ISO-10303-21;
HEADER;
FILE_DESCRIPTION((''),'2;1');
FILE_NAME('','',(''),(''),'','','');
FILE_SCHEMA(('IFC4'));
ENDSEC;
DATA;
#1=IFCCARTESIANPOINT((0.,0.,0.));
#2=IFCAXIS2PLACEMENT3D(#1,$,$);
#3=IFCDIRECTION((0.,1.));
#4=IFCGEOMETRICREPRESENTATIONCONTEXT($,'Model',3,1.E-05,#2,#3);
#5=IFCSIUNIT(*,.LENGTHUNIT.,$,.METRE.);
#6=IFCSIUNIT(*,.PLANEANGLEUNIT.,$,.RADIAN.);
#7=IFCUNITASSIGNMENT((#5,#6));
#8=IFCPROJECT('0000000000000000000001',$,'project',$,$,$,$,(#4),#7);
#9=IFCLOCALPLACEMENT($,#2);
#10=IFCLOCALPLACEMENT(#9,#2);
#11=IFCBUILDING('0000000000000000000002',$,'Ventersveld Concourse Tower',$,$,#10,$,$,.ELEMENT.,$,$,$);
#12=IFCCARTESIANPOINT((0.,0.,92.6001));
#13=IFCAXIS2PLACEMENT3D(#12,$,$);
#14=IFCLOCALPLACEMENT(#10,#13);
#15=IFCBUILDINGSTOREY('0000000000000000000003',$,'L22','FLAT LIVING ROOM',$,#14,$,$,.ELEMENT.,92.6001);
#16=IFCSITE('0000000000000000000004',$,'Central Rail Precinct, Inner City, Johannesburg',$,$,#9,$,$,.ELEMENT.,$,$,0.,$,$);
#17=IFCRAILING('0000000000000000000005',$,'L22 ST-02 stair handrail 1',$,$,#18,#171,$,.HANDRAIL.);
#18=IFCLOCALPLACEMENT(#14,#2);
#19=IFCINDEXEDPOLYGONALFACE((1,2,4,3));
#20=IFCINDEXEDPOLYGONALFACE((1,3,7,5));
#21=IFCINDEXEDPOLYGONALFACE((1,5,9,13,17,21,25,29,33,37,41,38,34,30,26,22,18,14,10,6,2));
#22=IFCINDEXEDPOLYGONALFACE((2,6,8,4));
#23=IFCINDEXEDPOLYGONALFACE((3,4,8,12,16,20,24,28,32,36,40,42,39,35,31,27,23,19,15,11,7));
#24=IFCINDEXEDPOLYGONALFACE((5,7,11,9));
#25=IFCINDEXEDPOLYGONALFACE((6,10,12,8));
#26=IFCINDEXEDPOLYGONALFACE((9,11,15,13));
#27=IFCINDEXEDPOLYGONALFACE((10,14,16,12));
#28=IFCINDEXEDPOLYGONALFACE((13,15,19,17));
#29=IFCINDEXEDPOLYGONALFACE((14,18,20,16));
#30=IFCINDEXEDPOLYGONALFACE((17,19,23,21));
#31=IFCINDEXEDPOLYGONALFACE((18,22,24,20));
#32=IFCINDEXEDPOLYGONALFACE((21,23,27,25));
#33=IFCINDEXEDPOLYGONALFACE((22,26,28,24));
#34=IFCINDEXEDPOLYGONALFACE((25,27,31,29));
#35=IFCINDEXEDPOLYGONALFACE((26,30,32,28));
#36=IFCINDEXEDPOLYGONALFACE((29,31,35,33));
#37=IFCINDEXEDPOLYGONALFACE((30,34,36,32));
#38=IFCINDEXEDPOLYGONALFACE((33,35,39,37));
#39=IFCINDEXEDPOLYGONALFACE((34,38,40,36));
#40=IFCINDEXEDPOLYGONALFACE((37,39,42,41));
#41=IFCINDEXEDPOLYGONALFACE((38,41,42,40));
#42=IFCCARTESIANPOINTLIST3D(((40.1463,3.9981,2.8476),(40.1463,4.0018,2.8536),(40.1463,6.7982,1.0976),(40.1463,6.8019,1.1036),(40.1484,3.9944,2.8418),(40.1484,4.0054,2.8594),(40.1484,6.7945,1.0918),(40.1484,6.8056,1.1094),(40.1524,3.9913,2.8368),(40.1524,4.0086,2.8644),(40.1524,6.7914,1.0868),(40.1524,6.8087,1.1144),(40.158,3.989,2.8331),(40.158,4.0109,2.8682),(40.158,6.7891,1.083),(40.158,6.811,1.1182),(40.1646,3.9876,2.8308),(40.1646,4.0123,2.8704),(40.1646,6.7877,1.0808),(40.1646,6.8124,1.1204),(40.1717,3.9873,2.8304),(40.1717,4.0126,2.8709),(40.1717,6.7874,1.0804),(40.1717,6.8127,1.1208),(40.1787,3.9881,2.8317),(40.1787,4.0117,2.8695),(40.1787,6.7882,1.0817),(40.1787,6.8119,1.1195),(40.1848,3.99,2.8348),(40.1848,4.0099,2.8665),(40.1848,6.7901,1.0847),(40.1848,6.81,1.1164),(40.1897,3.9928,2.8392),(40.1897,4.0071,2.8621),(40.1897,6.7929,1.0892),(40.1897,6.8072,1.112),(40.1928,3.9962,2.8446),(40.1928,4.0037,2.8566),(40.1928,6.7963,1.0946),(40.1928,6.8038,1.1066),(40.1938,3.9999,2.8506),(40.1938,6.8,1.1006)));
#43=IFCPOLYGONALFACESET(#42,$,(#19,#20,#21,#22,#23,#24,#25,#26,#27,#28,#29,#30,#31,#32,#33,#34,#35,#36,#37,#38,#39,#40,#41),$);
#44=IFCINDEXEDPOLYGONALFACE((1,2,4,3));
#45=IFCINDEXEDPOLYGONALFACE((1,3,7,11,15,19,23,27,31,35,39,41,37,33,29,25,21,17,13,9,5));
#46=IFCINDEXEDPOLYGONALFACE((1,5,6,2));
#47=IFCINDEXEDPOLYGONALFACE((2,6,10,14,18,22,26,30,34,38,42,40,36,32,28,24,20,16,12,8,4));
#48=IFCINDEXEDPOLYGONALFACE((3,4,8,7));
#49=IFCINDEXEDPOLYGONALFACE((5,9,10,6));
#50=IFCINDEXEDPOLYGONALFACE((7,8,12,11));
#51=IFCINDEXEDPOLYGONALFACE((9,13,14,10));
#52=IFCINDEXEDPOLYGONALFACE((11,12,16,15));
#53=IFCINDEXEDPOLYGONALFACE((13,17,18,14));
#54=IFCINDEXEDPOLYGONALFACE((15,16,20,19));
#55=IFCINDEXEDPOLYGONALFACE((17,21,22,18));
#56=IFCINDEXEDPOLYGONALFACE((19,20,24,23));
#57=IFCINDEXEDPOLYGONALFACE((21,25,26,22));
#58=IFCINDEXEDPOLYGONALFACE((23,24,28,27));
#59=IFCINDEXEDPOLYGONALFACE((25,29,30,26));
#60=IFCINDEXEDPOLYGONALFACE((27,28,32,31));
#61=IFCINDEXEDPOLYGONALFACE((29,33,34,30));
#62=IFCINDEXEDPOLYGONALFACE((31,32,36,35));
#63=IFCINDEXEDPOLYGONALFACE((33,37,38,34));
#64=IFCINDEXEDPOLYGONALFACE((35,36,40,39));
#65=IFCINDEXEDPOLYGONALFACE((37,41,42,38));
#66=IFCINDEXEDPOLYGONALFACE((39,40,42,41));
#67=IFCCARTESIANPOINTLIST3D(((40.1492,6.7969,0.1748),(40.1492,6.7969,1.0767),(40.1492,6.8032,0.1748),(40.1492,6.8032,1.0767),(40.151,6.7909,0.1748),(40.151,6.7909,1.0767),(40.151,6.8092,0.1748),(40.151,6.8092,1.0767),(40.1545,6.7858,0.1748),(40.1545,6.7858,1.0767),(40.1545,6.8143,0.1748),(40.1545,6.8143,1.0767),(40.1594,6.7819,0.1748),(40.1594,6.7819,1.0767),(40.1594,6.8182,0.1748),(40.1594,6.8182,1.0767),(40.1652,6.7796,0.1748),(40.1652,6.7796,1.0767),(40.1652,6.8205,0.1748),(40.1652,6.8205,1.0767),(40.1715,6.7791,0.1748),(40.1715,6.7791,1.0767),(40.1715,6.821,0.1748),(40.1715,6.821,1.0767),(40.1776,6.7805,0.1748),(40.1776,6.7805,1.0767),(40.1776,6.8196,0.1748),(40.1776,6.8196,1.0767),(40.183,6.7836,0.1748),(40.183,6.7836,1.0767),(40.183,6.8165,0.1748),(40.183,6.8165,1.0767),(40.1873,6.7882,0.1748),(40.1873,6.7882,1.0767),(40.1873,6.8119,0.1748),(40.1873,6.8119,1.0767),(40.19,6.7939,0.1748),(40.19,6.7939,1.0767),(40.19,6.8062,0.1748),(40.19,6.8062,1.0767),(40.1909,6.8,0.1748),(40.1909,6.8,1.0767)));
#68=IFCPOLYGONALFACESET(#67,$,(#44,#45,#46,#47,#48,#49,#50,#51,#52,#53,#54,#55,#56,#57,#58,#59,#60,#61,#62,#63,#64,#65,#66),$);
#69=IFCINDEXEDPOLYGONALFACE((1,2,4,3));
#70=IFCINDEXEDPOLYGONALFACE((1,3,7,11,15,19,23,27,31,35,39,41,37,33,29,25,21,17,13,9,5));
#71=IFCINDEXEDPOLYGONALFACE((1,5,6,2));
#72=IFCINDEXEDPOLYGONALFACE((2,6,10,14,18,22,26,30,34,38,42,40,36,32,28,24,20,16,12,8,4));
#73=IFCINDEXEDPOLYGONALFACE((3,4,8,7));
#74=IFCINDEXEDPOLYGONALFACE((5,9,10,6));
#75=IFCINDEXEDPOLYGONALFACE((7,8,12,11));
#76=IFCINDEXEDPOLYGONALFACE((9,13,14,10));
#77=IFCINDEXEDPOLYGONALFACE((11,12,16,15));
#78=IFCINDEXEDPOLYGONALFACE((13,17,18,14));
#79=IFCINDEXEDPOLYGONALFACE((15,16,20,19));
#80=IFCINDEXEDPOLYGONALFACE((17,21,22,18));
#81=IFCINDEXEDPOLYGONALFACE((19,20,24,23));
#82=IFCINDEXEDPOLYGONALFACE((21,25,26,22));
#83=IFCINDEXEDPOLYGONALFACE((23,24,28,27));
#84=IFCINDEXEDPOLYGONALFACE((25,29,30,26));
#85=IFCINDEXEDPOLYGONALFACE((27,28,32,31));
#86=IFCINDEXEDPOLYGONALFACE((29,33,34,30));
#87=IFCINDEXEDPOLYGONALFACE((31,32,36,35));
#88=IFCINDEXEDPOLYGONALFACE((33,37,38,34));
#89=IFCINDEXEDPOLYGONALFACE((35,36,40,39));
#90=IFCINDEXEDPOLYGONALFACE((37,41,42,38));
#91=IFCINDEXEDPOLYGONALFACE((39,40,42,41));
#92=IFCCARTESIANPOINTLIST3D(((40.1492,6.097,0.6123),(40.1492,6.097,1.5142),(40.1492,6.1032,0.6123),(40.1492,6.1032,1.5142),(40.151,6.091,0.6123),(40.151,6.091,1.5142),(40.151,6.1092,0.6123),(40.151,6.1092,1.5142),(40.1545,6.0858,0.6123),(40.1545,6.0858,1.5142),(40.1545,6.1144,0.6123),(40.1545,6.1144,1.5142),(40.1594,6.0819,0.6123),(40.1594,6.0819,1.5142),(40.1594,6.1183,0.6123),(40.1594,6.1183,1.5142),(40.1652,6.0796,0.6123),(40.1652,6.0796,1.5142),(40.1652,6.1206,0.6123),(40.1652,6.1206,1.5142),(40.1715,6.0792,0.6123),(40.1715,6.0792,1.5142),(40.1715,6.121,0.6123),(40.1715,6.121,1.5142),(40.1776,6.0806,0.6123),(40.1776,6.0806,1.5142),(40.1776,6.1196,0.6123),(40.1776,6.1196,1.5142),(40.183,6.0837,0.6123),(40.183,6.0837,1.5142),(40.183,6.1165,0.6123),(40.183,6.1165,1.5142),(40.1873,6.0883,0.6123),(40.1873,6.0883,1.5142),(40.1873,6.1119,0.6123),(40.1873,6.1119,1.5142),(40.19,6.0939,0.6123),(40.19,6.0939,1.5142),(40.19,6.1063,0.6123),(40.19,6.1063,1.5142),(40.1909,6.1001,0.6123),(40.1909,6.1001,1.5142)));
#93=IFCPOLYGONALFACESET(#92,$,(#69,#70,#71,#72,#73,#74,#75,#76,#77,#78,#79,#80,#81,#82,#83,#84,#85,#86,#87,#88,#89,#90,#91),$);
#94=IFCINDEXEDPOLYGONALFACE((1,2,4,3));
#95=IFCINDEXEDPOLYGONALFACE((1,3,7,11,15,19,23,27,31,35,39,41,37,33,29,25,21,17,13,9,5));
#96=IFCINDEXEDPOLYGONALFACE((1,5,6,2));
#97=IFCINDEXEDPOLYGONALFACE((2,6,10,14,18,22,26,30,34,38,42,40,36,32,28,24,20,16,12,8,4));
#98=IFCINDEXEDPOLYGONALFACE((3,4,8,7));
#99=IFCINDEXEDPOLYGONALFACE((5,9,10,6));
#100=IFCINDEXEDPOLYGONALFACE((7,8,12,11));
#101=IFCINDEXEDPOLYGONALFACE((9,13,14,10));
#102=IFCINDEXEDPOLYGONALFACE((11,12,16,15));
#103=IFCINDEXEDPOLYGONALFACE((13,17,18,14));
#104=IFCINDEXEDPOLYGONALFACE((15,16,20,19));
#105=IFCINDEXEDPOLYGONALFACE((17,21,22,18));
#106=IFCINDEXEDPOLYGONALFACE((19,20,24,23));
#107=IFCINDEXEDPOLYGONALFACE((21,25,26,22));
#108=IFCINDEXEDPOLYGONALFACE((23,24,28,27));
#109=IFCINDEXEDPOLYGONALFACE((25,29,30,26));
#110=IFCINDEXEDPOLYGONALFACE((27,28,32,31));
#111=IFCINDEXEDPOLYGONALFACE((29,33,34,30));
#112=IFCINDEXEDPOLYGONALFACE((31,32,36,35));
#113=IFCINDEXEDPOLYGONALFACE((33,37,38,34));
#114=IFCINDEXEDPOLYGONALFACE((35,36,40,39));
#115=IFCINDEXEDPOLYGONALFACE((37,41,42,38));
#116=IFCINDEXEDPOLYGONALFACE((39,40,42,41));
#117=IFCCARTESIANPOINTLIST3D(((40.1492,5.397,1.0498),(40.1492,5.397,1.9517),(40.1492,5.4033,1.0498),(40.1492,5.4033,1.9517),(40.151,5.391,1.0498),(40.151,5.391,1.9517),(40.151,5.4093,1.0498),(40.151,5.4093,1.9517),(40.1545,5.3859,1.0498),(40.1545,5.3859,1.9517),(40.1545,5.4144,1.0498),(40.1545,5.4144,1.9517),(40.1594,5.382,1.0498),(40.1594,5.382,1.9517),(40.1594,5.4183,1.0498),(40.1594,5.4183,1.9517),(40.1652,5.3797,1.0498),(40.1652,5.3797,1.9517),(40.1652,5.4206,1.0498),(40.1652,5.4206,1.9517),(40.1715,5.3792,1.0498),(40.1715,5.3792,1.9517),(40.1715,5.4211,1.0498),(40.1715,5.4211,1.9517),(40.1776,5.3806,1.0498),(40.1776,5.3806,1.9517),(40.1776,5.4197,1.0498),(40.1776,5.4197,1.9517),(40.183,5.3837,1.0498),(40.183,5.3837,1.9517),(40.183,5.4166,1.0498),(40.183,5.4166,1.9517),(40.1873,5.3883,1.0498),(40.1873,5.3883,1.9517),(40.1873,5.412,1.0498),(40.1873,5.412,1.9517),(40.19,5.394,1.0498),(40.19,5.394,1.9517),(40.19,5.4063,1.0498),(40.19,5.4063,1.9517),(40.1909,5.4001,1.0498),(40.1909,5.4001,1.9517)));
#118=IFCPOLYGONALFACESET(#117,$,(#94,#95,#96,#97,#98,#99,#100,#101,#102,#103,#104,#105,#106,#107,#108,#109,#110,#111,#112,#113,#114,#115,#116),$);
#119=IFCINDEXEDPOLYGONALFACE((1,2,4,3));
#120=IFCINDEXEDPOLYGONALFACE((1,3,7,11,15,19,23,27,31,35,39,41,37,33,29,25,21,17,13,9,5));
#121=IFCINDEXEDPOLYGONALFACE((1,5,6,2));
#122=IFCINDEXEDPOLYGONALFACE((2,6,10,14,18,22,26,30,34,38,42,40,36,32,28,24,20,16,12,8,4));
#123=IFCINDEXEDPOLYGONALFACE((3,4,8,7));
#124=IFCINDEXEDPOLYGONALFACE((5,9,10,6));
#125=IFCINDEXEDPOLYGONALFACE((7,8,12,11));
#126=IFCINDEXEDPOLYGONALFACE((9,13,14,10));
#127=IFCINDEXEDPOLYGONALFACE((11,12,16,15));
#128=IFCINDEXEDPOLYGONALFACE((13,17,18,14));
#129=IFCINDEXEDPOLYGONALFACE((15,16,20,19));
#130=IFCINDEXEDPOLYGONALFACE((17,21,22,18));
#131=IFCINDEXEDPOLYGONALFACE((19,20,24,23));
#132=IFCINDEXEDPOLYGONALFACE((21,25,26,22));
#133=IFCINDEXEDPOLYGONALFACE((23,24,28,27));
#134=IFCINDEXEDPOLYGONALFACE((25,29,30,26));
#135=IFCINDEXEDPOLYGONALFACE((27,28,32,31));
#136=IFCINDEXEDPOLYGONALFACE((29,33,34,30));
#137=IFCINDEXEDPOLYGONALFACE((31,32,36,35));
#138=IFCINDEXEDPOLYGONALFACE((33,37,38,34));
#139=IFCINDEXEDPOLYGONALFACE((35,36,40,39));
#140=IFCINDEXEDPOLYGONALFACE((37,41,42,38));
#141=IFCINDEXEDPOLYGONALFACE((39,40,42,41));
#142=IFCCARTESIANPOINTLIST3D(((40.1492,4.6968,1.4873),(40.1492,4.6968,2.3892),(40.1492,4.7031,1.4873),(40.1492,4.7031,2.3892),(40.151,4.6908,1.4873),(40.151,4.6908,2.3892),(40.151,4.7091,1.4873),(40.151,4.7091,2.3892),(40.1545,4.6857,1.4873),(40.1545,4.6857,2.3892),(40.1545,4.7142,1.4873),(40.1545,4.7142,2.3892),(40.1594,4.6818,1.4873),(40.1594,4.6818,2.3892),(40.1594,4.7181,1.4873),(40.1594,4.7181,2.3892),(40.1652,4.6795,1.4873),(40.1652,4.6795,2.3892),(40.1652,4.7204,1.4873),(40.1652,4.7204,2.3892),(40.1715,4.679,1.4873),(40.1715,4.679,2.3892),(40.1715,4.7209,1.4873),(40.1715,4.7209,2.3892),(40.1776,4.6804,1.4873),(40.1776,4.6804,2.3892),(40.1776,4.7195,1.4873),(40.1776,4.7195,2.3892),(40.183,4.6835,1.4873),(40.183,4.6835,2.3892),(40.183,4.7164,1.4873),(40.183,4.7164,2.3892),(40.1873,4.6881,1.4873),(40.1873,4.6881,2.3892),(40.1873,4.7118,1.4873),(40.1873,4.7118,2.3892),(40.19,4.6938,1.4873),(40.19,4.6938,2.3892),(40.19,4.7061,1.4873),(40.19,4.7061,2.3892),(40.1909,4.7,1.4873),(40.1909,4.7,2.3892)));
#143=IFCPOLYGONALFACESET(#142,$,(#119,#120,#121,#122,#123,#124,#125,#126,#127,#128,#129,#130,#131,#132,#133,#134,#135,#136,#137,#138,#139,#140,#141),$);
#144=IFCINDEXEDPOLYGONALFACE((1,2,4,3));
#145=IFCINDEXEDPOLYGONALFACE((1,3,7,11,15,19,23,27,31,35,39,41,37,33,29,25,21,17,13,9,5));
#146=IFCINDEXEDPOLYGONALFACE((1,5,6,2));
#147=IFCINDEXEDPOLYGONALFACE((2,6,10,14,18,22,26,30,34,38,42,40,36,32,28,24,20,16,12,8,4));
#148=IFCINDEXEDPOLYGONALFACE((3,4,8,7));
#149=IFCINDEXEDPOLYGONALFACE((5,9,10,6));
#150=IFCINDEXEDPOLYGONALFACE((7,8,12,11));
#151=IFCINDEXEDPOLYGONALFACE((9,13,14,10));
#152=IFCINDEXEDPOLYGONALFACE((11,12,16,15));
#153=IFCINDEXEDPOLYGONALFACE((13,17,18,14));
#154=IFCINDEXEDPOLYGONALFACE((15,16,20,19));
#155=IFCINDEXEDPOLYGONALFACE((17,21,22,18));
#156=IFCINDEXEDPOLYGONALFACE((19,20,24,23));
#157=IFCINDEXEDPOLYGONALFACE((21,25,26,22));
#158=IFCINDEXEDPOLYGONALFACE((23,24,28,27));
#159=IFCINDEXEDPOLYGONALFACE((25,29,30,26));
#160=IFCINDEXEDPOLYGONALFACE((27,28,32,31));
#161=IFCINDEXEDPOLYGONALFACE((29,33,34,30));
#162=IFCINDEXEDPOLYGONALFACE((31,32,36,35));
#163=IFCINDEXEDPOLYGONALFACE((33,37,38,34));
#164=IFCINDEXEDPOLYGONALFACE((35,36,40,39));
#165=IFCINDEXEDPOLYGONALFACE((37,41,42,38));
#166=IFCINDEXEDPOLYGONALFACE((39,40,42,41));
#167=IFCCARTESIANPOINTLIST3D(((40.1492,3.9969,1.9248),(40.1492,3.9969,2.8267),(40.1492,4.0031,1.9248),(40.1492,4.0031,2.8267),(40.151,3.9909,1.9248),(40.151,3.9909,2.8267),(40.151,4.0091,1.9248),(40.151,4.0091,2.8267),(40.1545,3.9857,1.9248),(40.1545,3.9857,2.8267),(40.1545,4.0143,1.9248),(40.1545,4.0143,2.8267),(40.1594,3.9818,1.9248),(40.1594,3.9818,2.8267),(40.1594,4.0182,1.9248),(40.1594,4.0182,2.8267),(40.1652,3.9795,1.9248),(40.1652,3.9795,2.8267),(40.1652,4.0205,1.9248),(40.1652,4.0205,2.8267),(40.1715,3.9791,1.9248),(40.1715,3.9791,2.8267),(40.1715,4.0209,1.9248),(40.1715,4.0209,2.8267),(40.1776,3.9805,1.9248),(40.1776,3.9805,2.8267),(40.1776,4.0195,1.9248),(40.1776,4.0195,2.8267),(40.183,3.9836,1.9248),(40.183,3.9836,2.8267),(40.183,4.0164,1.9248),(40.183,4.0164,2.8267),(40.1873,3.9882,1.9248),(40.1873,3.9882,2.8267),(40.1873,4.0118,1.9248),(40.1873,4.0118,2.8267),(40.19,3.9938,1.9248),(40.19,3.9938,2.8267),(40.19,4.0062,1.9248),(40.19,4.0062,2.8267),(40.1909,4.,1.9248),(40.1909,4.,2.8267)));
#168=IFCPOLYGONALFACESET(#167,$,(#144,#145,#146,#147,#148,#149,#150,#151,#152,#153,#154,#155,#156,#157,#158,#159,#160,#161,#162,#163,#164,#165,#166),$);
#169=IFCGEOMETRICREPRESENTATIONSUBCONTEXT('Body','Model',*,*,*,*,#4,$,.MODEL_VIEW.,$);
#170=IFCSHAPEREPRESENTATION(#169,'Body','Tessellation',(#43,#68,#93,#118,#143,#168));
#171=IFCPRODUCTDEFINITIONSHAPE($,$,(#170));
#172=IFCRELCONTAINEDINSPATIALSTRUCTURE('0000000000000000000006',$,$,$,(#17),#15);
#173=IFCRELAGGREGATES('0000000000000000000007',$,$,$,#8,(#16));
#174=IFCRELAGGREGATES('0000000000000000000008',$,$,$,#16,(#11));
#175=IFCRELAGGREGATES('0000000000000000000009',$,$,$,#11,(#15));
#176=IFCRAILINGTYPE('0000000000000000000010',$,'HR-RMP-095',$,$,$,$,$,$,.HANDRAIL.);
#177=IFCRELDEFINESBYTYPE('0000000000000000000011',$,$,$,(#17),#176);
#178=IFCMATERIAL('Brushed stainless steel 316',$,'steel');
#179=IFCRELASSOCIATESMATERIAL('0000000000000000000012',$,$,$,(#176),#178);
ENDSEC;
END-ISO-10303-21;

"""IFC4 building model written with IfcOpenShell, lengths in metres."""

from ifc_helpers import new_model, si_unit, direction, frame, origin, origin_2d, place, context, subcontext, project, spatial, circle, extrude, material, type_object, element, save


model = new_model("IFC4")

# Units and contexts
model_context = context("Model", 3, precision=1e-05, world=origin(), true_north=direction((0.0, 1.0)))
body_context = subcontext(model_context, "Body", "Model", "MODEL_VIEW")
ifc_project = project(units=[si_unit("LENGTHUNIT", "METRE"), si_unit("PLANEANGLEUNIT", "RADIAN")], contexts=[model_context])

# Site, building, storey
site_placement = place(None, origin())
site = spatial("IfcSite", under=ifc_project, at=site_placement, Name="Central Rail Precinct, Inner City, Johannesburg", CompositionType="ELEMENT", RefElevation=0.0)
building_placement = place(site_placement, origin())
building = spatial("IfcBuilding", under=site, at=building_placement, Name="Ventersveld Concourse Tower", CompositionType="ELEMENT")
storey_placement = place(building_placement, frame((0.0, 0.0, 92.6001)))
storey = spatial("IfcBuildingStorey", under=building, at=storey_placement, Name="L22", Description="FLAT LIVING ROOM", CompositionType="ELEMENT", Elevation=92.6001)

# Shared definitions
ifc_material_1 = material(Name="Brushed stainless steel 316", Category="steel")

# Railing
railing_type_1 = type_object("IfcRailingType", Name="HR-RMP-095", PredefinedType="HANDRAIL", material=ifc_material_1)
railing_1_placement = place(storey_placement, frame((40.1699, 6.8, 0.1748)))
element("IfcRailing", 1, at=railing_1_placement, inside=storey, type_object=railing_type_1, Name="L22 ST-02 stair handrail 1", PredefinedType="HANDRAIL", context=body_context, shape_type="SweptSolid", body=[
    extrude(circle(Radius=0.0239, at=origin_2d()), frame((0.0, 0.0, 0.9258), z_axis=(0.0, -0.848002, 0.529992), x_axis=(1.0, 0.0, 0.0)), (0.0, 0.0, 1.0), 3.302),
    extrude(circle(Radius=0.021, at=origin_2d()), origin(), (0.0, 0.0, 1.0), 0.9019),
    extrude(circle(Radius=0.021, at=origin_2d()), frame((0.0, -0.7, 0.4375)), (0.0, 0.0, 1.0), 0.9019),
    extrude(circle(Radius=0.021, at=origin_2d()), frame((0.0, -1.3999, 0.875)), (0.0, 0.0, 1.0), 0.9019),
    extrude(circle(Radius=0.021, at=origin_2d()), frame((0.0, -2.1001, 1.3125)), (0.0, 0.0, 1.0), 0.9019),
    extrude(circle(Radius=0.021, at=origin_2d()), frame((0.0, -2.8, 1.75)), (0.0, 0.0, 1.0), 0.9019),
])

save(model, "model.ifc")
